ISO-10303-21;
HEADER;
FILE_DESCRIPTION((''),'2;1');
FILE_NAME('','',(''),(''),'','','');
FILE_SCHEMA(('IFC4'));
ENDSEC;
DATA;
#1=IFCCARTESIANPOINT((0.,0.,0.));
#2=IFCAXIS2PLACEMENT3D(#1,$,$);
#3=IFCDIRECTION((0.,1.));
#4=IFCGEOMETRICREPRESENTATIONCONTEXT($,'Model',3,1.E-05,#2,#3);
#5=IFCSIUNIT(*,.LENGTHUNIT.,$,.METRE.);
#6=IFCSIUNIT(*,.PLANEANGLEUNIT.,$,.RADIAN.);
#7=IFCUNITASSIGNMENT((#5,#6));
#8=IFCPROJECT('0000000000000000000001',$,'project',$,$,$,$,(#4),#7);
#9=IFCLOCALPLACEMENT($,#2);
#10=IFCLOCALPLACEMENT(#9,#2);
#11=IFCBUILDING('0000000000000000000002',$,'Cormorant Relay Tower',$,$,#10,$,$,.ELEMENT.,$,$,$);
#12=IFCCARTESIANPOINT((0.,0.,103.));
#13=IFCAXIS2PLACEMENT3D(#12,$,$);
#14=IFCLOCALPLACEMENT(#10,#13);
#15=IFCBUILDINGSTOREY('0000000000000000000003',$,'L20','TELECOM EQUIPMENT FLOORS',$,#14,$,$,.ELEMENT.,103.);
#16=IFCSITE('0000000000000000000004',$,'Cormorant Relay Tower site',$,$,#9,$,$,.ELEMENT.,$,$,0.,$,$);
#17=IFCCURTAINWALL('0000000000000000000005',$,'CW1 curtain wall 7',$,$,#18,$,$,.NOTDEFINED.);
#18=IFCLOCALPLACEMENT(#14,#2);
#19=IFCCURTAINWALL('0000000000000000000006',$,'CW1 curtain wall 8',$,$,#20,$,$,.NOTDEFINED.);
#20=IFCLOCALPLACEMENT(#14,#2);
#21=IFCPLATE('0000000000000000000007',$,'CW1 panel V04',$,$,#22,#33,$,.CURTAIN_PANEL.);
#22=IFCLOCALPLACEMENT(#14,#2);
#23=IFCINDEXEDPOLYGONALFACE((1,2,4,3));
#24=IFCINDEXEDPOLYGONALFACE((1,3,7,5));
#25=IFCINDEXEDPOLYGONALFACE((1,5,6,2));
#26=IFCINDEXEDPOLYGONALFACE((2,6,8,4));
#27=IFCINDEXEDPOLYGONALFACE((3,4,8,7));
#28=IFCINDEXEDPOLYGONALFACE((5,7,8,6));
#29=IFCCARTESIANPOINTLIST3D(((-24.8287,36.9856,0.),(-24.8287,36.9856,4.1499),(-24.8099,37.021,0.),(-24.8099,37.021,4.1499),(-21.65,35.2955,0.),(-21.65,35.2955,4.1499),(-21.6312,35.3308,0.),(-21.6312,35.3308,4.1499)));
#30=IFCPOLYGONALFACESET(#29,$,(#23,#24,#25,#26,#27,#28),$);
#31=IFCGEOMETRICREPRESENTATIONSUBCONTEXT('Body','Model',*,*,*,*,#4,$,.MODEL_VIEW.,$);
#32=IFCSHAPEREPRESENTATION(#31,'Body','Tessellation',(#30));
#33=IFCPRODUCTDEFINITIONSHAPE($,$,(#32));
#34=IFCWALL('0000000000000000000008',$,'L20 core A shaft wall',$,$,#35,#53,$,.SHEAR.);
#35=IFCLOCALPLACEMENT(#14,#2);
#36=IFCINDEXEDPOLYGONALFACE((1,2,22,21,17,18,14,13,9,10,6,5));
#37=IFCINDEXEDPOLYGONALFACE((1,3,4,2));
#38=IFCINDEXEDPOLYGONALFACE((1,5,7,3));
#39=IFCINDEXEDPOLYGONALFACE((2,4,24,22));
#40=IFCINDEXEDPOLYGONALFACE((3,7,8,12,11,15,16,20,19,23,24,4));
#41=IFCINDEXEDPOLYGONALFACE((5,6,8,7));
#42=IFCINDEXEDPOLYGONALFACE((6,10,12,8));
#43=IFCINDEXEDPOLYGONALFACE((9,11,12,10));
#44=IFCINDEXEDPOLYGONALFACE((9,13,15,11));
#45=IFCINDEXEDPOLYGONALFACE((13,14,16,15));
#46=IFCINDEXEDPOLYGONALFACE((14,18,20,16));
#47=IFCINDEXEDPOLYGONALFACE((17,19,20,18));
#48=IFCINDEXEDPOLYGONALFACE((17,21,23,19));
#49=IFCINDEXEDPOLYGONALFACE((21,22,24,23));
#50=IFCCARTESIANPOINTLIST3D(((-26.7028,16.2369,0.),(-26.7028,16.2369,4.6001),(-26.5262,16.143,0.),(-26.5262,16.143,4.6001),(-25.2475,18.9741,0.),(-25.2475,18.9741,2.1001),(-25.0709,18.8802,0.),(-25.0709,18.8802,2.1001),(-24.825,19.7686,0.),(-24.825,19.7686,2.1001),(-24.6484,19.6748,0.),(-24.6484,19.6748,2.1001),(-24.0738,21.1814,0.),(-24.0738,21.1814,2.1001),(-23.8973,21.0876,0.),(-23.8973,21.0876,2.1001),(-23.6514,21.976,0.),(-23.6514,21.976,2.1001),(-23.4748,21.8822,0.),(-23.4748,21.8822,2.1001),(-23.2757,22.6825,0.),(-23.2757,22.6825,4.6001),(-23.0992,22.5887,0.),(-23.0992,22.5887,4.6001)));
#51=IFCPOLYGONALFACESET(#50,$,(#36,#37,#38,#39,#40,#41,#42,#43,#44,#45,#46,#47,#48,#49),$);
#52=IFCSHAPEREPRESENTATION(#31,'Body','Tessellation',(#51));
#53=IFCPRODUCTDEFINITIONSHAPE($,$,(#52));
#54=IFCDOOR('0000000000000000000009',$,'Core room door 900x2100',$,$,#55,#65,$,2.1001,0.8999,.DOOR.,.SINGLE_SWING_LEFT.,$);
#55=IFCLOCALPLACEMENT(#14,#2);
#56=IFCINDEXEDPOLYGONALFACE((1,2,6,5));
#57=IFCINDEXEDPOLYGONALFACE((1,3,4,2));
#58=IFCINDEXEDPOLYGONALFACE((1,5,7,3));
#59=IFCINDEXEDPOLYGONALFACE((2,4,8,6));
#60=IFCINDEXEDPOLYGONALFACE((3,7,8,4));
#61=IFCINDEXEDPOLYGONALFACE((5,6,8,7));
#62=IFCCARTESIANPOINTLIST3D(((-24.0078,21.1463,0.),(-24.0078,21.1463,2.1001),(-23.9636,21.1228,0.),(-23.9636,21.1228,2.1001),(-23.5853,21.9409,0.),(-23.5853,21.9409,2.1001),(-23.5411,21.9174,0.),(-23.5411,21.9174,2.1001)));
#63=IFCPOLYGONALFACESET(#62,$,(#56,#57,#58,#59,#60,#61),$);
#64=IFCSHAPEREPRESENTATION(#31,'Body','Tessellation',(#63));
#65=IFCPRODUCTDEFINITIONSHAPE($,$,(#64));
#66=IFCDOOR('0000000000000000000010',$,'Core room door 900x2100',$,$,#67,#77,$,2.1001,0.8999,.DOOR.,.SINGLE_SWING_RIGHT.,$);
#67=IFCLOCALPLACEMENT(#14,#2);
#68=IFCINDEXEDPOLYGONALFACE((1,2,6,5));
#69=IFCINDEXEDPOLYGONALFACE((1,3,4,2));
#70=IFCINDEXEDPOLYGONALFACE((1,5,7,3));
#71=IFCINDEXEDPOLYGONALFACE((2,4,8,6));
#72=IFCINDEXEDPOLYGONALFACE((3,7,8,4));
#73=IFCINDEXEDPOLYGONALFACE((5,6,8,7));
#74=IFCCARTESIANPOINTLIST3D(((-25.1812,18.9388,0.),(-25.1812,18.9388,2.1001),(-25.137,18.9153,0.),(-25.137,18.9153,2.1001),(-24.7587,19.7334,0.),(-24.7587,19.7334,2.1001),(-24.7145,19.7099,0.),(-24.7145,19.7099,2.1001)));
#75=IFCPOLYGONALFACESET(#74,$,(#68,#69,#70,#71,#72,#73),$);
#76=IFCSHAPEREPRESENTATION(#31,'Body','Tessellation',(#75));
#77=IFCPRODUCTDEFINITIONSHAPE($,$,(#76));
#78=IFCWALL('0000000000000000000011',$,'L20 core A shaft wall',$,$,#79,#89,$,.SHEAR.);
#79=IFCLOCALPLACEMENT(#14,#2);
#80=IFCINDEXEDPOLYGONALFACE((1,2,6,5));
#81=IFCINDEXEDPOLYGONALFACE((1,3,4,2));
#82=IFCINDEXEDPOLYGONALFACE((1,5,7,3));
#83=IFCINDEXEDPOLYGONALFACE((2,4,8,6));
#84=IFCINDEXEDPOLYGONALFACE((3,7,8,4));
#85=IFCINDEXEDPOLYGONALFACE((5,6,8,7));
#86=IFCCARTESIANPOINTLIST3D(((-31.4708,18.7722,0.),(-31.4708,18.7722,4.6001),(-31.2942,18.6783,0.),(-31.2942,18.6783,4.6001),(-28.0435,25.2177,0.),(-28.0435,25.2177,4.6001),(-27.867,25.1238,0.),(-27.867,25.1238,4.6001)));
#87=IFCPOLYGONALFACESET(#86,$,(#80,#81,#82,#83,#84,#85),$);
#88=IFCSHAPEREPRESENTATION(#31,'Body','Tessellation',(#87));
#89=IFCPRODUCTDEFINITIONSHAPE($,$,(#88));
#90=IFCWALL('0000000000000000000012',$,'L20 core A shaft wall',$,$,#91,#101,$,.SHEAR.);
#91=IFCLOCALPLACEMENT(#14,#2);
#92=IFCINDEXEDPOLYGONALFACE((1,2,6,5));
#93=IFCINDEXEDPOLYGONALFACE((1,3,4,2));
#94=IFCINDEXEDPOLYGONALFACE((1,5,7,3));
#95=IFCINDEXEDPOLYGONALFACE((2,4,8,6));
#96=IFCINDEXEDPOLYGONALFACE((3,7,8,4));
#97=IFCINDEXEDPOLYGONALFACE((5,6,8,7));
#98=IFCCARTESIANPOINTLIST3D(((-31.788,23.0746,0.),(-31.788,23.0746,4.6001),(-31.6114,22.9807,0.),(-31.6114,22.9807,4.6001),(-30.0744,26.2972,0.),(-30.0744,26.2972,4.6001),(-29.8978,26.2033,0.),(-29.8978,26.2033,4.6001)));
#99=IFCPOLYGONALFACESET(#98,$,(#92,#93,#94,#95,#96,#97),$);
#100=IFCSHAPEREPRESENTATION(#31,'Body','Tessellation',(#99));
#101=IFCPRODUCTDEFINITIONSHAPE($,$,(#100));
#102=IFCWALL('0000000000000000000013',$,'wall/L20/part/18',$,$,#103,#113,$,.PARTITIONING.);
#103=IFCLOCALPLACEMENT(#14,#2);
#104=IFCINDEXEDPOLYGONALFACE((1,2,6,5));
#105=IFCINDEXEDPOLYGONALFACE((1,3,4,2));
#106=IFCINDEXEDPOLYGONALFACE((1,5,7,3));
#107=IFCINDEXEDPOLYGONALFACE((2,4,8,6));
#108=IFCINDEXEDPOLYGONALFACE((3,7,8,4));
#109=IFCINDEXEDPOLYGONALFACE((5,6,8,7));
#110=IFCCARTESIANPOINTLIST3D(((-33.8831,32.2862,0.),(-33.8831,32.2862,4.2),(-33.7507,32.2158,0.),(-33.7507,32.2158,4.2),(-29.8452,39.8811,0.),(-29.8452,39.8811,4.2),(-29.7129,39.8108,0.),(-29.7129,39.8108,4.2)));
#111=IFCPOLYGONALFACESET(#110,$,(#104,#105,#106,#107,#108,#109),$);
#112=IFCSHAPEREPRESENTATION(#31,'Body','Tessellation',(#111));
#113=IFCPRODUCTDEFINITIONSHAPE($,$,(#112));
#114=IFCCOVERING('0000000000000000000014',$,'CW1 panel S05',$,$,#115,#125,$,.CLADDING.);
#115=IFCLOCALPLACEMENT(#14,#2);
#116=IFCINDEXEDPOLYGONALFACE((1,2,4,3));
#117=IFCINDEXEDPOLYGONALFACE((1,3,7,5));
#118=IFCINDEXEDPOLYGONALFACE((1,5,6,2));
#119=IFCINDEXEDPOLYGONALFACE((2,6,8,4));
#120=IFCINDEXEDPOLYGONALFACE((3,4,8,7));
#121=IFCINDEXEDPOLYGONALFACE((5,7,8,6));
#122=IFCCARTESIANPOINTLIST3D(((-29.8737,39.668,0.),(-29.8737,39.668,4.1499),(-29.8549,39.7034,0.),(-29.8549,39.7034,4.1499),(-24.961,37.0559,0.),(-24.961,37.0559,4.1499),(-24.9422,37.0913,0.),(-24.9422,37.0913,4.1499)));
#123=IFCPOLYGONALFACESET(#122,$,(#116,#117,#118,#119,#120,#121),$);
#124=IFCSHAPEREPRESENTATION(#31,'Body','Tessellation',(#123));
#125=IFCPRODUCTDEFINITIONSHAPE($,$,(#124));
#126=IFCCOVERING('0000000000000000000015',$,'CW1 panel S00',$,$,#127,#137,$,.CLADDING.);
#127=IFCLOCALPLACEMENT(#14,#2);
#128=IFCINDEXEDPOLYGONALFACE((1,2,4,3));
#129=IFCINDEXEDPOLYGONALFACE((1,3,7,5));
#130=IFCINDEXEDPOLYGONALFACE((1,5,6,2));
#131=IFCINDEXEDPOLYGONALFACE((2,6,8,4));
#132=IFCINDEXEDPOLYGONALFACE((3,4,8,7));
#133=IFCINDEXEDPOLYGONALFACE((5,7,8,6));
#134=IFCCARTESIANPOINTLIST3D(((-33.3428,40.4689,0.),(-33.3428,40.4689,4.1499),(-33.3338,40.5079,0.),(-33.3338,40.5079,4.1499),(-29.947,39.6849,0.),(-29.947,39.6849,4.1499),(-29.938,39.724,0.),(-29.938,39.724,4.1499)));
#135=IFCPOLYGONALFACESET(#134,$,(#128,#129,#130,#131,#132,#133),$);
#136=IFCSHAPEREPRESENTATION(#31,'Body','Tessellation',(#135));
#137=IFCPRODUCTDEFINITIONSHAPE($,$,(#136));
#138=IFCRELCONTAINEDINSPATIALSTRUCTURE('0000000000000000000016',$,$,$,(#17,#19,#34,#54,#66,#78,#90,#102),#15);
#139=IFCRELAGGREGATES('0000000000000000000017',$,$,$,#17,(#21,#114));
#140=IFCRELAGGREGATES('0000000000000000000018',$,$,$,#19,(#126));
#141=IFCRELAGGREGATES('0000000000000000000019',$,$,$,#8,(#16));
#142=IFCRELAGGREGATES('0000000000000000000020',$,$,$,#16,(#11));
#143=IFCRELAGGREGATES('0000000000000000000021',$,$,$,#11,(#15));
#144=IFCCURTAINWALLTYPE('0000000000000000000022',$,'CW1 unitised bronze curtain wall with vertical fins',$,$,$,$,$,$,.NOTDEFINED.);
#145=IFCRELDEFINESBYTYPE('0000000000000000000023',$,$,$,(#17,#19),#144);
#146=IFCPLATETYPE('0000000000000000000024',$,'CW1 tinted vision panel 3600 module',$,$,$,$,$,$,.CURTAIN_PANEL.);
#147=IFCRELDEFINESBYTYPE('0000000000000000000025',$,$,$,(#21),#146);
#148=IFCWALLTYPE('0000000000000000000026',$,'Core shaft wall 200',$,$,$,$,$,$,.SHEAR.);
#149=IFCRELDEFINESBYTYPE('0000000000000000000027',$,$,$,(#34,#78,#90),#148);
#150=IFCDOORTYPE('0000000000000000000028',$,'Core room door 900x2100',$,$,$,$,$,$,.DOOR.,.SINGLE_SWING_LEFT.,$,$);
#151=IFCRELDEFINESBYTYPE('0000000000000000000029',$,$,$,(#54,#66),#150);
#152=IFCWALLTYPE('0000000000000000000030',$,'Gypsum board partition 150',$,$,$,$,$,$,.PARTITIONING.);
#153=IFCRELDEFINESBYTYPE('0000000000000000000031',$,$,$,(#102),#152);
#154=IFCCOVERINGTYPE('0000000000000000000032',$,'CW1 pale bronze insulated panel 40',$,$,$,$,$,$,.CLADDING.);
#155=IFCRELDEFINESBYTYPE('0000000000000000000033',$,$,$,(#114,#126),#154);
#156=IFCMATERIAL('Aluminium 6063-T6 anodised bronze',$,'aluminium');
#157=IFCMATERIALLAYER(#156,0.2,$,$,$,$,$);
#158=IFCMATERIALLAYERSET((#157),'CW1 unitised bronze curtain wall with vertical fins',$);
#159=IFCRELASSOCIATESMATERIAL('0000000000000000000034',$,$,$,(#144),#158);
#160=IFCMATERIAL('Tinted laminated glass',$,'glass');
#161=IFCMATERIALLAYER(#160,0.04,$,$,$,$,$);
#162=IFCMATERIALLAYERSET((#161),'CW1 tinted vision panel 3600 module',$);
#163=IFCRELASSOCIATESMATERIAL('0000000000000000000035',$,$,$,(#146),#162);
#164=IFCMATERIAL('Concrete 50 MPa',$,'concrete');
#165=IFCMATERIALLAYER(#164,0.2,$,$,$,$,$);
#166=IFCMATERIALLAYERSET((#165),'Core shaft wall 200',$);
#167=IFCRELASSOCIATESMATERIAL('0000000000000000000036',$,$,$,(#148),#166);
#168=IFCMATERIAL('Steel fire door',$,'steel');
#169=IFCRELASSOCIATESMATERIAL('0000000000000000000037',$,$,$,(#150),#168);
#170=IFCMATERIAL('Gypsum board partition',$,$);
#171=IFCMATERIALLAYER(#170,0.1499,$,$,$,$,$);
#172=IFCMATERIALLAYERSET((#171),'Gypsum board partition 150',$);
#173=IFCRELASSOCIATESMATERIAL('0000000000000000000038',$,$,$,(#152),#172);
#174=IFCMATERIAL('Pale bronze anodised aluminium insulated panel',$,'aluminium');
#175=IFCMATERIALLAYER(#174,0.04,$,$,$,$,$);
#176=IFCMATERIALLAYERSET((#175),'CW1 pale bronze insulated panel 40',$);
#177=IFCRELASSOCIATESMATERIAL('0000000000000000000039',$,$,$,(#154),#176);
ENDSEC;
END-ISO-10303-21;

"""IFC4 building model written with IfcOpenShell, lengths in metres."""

from ifc_helpers import new_model, si_unit, direction, frame, frame_2d, origin, origin_2d, place, context, subcontext, project, spatial, rectangle, extrude, material, layer, layer_set, type_object, element, fill, aggregate, save


model = new_model("IFC4")

# Units and contexts
model_context = context("Model", 3, precision=1e-05, world=origin(), true_north=direction((0.0, 1.0)))
body_context = subcontext(model_context, "Body", "Model", "MODEL_VIEW")
ifc_project = project(units=[si_unit("LENGTHUNIT", "METRE"), si_unit("PLANEANGLEUNIT", "RADIAN")], contexts=[model_context])

# Site, building, storey
site_placement = place(None, origin())
site = spatial("IfcSite", under=ifc_project, at=site_placement, Name="Cormorant Relay Tower site", CompositionType="ELEMENT", RefElevation=0.0)
building_placement = place(site_placement, origin())
building = spatial("IfcBuilding", under=site, at=building_placement, Name="Cormorant Relay Tower", CompositionType="ELEMENT")
storey_placement = place(building_placement, frame((0.0, 0.0, 103.0)))
storey = spatial("IfcBuildingStorey", under=building, at=storey_placement, Name="L20", Description="TELECOM EQUIPMENT FLOORS", CompositionType="ELEMENT", Elevation=103.0)

# Curtain wall
ifc_material_1 = material(Name="Aluminium 6063-T6 anodised bronze", Category="aluminium")
ifc_layer_1 = layer(ifc_material_1, 0.2)
ifc_layer_set_1 = layer_set([ifc_layer_1], Name="CW1 unitised bronze curtain wall with vertical fins")
curtain_wall_type = type_object("IfcCurtainWallType", Name="CW1 unitised bronze curtain wall with vertical fins", PredefinedType="NOTDEFINED", material=ifc_layer_set_1)
curtain_wall_1_placement = place(storey_placement, origin())
curtain_wall_1 = element("IfcCurtainWall", 1, at=curtain_wall_1_placement, inside=storey, type_object=curtain_wall_type, Name="CW1 curtain wall 7", PredefinedType="NOTDEFINED")

# Curtain wall
curtain_wall_2_placement = place(storey_placement, origin())
curtain_wall_2 = element("IfcCurtainWall", 2, at=curtain_wall_2_placement, inside=storey, type_object=curtain_wall_type, Name="CW1 curtain wall 8", PredefinedType="NOTDEFINED")

# Plate
ifc_material_2 = material(Name="Tinted laminated glass", Category="glass")
ifc_layer_2 = layer(ifc_material_2, 0.04)
ifc_layer_set_2 = layer_set([ifc_layer_2], Name="CW1 tinted vision panel 3600 module")
plate_type = type_object("IfcPlateType", Name="CW1 tinted vision panel 3600 module", PredefinedType="CURTAIN_PANEL", material=ifc_layer_set_2)
plate_placement = place(storey_placement, frame((-23.23, 36.1582, 0.0), z_axis=(0.0, 0.0, 1.0), x_axis=(-0.882948, 0.469472, 0.0)))
plate = element("IfcPlate", 3, at=plate_placement, type_object=plate_type, Name="CW1 panel V04", PredefinedType="CURTAIN_PANEL", context=body_context, shape_type="SweptSolid", body=[
    extrude(rectangle(XDim=3.6001, YDim=0.04, at=origin_2d()), origin(), (0.0, 0.0, 1.0), 4.1499),
])

# Wall, openings, doors
ifc_material_3 = material(Name="Concrete 50 MPa", Category="concrete")
ifc_layer_3 = layer(ifc_material_3, 0.2)
ifc_layer_set_3 = layer_set([ifc_layer_3], Name="Core shaft wall 200")
wall_type_1 = type_object("IfcWallType", Name="Core shaft wall 200", PredefinedType="SHEAR", material=ifc_layer_set_3)
wall_1_placement = place(storey_placement, frame((-23.1875, 22.6355, 0.0), z_axis=(0.0, 0.0, 1.0), x_axis=(-0.469454, -0.882957, 0.0)))
wall_1 = element("IfcWall", 4, at=wall_1_placement, inside=storey, type_object=wall_type_1, Name="L20 core A shaft wall", PredefinedType="SHEAR", context=body_context, shape_type="SweptSolid", body=[
    extrude(rectangle(XDim=7.3, YDim=0.2, at=frame_2d((3.6499, 0.0))), origin(), (0.0, 0.0, 1.0), 4.6001),
])
opening_1_placement = place(wall_1_placement, frame((0.8, 0.0, 0.0)))
opening_1 = element("IfcOpeningElement", 5, at=opening_1_placement, cuts=wall_1, PredefinedType="OPENING", context=body_context, shape_type="SweptSolid", body=[
    extrude(rectangle(XDim=0.8999, YDim=2.1001, at=frame_2d((0.45, 1.05))), frame((0.0, 0.1099, 0.0), z_axis=(0.0, -1.0, 0.0), x_axis=(1.0, 0.0, 0.0)), (0.0, 0.0, 1.0), 0.22),
])
opening_2_placement = place(wall_1_placement, frame((3.3, 0.0, 0.0)))
opening_2 = element("IfcOpeningElement", 6, at=opening_2_placement, cuts=wall_1, PredefinedType="OPENING", context=body_context, shape_type="SweptSolid", body=[
    extrude(rectangle(XDim=0.8999, YDim=2.1001, at=frame_2d((0.45, 1.05))), frame((0.0, 0.1099, 0.0), z_axis=(0.0, -1.0, 0.0), x_axis=(1.0, 0.0, 0.0)), (0.0, 0.0, 1.0), 0.22),
])
ifc_material_4 = material(Name="Steel fire door", Category="steel")
door_type_1 = type_object("IfcDoorType", Name="Core room door 900x2100", OperationType="SINGLE_SWING_LEFT", PredefinedType="DOOR", material=ifc_material_4)
door_1_placement = place(opening_1_placement, origin())
door_1 = element("IfcDoor", 7, at=door_1_placement, inside=storey, type_object=door_type_1, Name="Core room door 900x2100", OperationType="SINGLE_SWING_LEFT", OverallHeight=2.1001, OverallWidth=0.8999, PredefinedType="DOOR", context=body_context, shape_type="SweptSolid", body=[
    extrude(rectangle(XDim=0.8999, YDim=2.1001, at=frame_2d((0.45, 1.05))), frame((0.0, 0.0249, 0.0), z_axis=(0.0, -1.0, 0.0), x_axis=(1.0, 0.0, 0.0)), (0.0, 0.0, 1.0), 0.05),
])
fill(opening_1, door_1)
door_2_placement = place(opening_2_placement, frame((0.8999, 0.0, 0.0), z_axis=(0.0, 0.0, 1.0), x_axis=(-1.0, 0.0, 0.0)))
door_2 = element("IfcDoor", 8, at=door_2_placement, inside=storey, type_object=door_type_1, Name="Core room door 900x2100", OperationType="SINGLE_SWING_RIGHT", OverallHeight=2.1001, OverallWidth=0.8999, PredefinedType="DOOR", context=body_context, shape_type="SweptSolid", body=[
    extrude(rectangle(XDim=0.8999, YDim=2.1001, at=frame_2d((0.45, 1.05))), frame((0.0, 0.0249, 0.0), z_axis=(0.0, -1.0, 0.0), x_axis=(1.0, 0.0, 0.0)), (0.0, 0.0, 1.0), 0.05),
])
fill(opening_2, door_2)

# Walls
wall_2_placement = place(storey_placement, frame((-27.9553, 25.1707, 0.0), z_axis=(0.0, 0.0, 1.0), x_axis=(-0.46948, -0.882943, 0.0)))
element("IfcWall", 9, at=wall_2_placement, inside=storey, type_object=wall_type_1, Name="L20 core A shaft wall", PredefinedType="SHEAR", context=body_context, shape_type="SweptSolid", body=[
    extrude(rectangle(XDim=7.3, YDim=0.2, at=frame_2d((3.6499, 0.0))), origin(), (0.0, 0.0, 1.0), 4.6001),
])
wall_3_placement = place(storey_placement, frame((-29.9861, 26.2502, 0.0), z_axis=(0.0, 0.0, 1.0), x_axis=(-0.469494, -0.882936, 0.0)))
element("IfcWall", 10, at=wall_3_placement, inside=storey, type_object=wall_type_1, Name="L20 core A shaft wall", PredefinedType="SHEAR", context=body_context, shape_type="SweptSolid", body=[
    extrude(rectangle(XDim=3.6499, YDim=0.2, at=frame_2d((1.825, 0.0))), origin(), (0.0, 0.0, 1.0), 4.6001),
])

# Wall
ifc_material_5 = material(Name="Gypsum board partition")
ifc_layer_4 = layer(ifc_material_5, 0.1499)
ifc_layer_set_4 = layer_set([ifc_layer_4], Name="Gypsum board partition 150")
wall_type_2 = type_object("IfcWallType", Name="Gypsum board partition 150", PredefinedType="PARTITIONING", material=ifc_layer_set_4)
wall_4_placement = place(storey_placement, frame((-29.7791, 39.8459, 0.0), z_axis=(0.0, 0.0, 1.0), x_axis=(-0.469428, -0.882971, 0.0)))
element("IfcWall", 11, at=wall_4_placement, inside=storey, type_object=wall_type_2, Name="wall/L20/part/18", PredefinedType="PARTITIONING", context=body_context, shape_type="SweptSolid", body=[
    extrude(rectangle(XDim=8.6016, YDim=0.1499, at=frame_2d((4.3008, 0.0))), origin(), (0.0, 0.0, 1.0), 4.2),
])

# Coverings
ifc_material_6 = material(Name="Pale bronze anodised aluminium insulated panel", Category="aluminium")
ifc_layer_5 = layer(ifc_material_6, 0.04)
ifc_layer_set_5 = layer_set([ifc_layer_5], Name="CW1 pale bronze insulated panel 40")
covering_type = type_object("IfcCoveringType", Name="CW1 pale bronze insulated panel 40", PredefinedType="CLADDING", material=ifc_layer_set_5)
covering_1_placement = place(storey_placement, frame((-27.408, 38.3796, 0.0), z_axis=(0.0, 0.0, 1.0), x_axis=(-0.882948, 0.469472, 0.0)))
covering_1 = element("IfcCovering", 12, at=covering_1_placement, type_object=covering_type, Name="CW1 panel S05", PredefinedType="CLADDING", context=body_context, shape_type="SweptSolid", body=[
    extrude(rectangle(XDim=5.564, YDim=0.04, at=origin_2d()), origin(), (0.0, 0.0, 1.0), 4.1499),
])
aggregate(curtain_wall_1, [plate, covering_1])
covering_2_placement = place(storey_placement, frame((-31.6404, 40.0964, 0.0), z_axis=(0.0, 0.0, 1.0), x_axis=(-0.97437, 0.224951, 0.0)))
covering_2 = element("IfcCovering", 13, at=covering_2_placement, type_object=covering_type, Name="CW1 panel S00", PredefinedType="CLADDING", context=body_context, shape_type="SweptSolid", body=[
    extrude(rectangle(XDim=3.4851, YDim=0.04, at=origin_2d()), origin(), (0.0, 0.0, 1.0), 4.1499),
])
aggregate(curtain_wall_2, [covering_2])

save(model, "model.ifc")
